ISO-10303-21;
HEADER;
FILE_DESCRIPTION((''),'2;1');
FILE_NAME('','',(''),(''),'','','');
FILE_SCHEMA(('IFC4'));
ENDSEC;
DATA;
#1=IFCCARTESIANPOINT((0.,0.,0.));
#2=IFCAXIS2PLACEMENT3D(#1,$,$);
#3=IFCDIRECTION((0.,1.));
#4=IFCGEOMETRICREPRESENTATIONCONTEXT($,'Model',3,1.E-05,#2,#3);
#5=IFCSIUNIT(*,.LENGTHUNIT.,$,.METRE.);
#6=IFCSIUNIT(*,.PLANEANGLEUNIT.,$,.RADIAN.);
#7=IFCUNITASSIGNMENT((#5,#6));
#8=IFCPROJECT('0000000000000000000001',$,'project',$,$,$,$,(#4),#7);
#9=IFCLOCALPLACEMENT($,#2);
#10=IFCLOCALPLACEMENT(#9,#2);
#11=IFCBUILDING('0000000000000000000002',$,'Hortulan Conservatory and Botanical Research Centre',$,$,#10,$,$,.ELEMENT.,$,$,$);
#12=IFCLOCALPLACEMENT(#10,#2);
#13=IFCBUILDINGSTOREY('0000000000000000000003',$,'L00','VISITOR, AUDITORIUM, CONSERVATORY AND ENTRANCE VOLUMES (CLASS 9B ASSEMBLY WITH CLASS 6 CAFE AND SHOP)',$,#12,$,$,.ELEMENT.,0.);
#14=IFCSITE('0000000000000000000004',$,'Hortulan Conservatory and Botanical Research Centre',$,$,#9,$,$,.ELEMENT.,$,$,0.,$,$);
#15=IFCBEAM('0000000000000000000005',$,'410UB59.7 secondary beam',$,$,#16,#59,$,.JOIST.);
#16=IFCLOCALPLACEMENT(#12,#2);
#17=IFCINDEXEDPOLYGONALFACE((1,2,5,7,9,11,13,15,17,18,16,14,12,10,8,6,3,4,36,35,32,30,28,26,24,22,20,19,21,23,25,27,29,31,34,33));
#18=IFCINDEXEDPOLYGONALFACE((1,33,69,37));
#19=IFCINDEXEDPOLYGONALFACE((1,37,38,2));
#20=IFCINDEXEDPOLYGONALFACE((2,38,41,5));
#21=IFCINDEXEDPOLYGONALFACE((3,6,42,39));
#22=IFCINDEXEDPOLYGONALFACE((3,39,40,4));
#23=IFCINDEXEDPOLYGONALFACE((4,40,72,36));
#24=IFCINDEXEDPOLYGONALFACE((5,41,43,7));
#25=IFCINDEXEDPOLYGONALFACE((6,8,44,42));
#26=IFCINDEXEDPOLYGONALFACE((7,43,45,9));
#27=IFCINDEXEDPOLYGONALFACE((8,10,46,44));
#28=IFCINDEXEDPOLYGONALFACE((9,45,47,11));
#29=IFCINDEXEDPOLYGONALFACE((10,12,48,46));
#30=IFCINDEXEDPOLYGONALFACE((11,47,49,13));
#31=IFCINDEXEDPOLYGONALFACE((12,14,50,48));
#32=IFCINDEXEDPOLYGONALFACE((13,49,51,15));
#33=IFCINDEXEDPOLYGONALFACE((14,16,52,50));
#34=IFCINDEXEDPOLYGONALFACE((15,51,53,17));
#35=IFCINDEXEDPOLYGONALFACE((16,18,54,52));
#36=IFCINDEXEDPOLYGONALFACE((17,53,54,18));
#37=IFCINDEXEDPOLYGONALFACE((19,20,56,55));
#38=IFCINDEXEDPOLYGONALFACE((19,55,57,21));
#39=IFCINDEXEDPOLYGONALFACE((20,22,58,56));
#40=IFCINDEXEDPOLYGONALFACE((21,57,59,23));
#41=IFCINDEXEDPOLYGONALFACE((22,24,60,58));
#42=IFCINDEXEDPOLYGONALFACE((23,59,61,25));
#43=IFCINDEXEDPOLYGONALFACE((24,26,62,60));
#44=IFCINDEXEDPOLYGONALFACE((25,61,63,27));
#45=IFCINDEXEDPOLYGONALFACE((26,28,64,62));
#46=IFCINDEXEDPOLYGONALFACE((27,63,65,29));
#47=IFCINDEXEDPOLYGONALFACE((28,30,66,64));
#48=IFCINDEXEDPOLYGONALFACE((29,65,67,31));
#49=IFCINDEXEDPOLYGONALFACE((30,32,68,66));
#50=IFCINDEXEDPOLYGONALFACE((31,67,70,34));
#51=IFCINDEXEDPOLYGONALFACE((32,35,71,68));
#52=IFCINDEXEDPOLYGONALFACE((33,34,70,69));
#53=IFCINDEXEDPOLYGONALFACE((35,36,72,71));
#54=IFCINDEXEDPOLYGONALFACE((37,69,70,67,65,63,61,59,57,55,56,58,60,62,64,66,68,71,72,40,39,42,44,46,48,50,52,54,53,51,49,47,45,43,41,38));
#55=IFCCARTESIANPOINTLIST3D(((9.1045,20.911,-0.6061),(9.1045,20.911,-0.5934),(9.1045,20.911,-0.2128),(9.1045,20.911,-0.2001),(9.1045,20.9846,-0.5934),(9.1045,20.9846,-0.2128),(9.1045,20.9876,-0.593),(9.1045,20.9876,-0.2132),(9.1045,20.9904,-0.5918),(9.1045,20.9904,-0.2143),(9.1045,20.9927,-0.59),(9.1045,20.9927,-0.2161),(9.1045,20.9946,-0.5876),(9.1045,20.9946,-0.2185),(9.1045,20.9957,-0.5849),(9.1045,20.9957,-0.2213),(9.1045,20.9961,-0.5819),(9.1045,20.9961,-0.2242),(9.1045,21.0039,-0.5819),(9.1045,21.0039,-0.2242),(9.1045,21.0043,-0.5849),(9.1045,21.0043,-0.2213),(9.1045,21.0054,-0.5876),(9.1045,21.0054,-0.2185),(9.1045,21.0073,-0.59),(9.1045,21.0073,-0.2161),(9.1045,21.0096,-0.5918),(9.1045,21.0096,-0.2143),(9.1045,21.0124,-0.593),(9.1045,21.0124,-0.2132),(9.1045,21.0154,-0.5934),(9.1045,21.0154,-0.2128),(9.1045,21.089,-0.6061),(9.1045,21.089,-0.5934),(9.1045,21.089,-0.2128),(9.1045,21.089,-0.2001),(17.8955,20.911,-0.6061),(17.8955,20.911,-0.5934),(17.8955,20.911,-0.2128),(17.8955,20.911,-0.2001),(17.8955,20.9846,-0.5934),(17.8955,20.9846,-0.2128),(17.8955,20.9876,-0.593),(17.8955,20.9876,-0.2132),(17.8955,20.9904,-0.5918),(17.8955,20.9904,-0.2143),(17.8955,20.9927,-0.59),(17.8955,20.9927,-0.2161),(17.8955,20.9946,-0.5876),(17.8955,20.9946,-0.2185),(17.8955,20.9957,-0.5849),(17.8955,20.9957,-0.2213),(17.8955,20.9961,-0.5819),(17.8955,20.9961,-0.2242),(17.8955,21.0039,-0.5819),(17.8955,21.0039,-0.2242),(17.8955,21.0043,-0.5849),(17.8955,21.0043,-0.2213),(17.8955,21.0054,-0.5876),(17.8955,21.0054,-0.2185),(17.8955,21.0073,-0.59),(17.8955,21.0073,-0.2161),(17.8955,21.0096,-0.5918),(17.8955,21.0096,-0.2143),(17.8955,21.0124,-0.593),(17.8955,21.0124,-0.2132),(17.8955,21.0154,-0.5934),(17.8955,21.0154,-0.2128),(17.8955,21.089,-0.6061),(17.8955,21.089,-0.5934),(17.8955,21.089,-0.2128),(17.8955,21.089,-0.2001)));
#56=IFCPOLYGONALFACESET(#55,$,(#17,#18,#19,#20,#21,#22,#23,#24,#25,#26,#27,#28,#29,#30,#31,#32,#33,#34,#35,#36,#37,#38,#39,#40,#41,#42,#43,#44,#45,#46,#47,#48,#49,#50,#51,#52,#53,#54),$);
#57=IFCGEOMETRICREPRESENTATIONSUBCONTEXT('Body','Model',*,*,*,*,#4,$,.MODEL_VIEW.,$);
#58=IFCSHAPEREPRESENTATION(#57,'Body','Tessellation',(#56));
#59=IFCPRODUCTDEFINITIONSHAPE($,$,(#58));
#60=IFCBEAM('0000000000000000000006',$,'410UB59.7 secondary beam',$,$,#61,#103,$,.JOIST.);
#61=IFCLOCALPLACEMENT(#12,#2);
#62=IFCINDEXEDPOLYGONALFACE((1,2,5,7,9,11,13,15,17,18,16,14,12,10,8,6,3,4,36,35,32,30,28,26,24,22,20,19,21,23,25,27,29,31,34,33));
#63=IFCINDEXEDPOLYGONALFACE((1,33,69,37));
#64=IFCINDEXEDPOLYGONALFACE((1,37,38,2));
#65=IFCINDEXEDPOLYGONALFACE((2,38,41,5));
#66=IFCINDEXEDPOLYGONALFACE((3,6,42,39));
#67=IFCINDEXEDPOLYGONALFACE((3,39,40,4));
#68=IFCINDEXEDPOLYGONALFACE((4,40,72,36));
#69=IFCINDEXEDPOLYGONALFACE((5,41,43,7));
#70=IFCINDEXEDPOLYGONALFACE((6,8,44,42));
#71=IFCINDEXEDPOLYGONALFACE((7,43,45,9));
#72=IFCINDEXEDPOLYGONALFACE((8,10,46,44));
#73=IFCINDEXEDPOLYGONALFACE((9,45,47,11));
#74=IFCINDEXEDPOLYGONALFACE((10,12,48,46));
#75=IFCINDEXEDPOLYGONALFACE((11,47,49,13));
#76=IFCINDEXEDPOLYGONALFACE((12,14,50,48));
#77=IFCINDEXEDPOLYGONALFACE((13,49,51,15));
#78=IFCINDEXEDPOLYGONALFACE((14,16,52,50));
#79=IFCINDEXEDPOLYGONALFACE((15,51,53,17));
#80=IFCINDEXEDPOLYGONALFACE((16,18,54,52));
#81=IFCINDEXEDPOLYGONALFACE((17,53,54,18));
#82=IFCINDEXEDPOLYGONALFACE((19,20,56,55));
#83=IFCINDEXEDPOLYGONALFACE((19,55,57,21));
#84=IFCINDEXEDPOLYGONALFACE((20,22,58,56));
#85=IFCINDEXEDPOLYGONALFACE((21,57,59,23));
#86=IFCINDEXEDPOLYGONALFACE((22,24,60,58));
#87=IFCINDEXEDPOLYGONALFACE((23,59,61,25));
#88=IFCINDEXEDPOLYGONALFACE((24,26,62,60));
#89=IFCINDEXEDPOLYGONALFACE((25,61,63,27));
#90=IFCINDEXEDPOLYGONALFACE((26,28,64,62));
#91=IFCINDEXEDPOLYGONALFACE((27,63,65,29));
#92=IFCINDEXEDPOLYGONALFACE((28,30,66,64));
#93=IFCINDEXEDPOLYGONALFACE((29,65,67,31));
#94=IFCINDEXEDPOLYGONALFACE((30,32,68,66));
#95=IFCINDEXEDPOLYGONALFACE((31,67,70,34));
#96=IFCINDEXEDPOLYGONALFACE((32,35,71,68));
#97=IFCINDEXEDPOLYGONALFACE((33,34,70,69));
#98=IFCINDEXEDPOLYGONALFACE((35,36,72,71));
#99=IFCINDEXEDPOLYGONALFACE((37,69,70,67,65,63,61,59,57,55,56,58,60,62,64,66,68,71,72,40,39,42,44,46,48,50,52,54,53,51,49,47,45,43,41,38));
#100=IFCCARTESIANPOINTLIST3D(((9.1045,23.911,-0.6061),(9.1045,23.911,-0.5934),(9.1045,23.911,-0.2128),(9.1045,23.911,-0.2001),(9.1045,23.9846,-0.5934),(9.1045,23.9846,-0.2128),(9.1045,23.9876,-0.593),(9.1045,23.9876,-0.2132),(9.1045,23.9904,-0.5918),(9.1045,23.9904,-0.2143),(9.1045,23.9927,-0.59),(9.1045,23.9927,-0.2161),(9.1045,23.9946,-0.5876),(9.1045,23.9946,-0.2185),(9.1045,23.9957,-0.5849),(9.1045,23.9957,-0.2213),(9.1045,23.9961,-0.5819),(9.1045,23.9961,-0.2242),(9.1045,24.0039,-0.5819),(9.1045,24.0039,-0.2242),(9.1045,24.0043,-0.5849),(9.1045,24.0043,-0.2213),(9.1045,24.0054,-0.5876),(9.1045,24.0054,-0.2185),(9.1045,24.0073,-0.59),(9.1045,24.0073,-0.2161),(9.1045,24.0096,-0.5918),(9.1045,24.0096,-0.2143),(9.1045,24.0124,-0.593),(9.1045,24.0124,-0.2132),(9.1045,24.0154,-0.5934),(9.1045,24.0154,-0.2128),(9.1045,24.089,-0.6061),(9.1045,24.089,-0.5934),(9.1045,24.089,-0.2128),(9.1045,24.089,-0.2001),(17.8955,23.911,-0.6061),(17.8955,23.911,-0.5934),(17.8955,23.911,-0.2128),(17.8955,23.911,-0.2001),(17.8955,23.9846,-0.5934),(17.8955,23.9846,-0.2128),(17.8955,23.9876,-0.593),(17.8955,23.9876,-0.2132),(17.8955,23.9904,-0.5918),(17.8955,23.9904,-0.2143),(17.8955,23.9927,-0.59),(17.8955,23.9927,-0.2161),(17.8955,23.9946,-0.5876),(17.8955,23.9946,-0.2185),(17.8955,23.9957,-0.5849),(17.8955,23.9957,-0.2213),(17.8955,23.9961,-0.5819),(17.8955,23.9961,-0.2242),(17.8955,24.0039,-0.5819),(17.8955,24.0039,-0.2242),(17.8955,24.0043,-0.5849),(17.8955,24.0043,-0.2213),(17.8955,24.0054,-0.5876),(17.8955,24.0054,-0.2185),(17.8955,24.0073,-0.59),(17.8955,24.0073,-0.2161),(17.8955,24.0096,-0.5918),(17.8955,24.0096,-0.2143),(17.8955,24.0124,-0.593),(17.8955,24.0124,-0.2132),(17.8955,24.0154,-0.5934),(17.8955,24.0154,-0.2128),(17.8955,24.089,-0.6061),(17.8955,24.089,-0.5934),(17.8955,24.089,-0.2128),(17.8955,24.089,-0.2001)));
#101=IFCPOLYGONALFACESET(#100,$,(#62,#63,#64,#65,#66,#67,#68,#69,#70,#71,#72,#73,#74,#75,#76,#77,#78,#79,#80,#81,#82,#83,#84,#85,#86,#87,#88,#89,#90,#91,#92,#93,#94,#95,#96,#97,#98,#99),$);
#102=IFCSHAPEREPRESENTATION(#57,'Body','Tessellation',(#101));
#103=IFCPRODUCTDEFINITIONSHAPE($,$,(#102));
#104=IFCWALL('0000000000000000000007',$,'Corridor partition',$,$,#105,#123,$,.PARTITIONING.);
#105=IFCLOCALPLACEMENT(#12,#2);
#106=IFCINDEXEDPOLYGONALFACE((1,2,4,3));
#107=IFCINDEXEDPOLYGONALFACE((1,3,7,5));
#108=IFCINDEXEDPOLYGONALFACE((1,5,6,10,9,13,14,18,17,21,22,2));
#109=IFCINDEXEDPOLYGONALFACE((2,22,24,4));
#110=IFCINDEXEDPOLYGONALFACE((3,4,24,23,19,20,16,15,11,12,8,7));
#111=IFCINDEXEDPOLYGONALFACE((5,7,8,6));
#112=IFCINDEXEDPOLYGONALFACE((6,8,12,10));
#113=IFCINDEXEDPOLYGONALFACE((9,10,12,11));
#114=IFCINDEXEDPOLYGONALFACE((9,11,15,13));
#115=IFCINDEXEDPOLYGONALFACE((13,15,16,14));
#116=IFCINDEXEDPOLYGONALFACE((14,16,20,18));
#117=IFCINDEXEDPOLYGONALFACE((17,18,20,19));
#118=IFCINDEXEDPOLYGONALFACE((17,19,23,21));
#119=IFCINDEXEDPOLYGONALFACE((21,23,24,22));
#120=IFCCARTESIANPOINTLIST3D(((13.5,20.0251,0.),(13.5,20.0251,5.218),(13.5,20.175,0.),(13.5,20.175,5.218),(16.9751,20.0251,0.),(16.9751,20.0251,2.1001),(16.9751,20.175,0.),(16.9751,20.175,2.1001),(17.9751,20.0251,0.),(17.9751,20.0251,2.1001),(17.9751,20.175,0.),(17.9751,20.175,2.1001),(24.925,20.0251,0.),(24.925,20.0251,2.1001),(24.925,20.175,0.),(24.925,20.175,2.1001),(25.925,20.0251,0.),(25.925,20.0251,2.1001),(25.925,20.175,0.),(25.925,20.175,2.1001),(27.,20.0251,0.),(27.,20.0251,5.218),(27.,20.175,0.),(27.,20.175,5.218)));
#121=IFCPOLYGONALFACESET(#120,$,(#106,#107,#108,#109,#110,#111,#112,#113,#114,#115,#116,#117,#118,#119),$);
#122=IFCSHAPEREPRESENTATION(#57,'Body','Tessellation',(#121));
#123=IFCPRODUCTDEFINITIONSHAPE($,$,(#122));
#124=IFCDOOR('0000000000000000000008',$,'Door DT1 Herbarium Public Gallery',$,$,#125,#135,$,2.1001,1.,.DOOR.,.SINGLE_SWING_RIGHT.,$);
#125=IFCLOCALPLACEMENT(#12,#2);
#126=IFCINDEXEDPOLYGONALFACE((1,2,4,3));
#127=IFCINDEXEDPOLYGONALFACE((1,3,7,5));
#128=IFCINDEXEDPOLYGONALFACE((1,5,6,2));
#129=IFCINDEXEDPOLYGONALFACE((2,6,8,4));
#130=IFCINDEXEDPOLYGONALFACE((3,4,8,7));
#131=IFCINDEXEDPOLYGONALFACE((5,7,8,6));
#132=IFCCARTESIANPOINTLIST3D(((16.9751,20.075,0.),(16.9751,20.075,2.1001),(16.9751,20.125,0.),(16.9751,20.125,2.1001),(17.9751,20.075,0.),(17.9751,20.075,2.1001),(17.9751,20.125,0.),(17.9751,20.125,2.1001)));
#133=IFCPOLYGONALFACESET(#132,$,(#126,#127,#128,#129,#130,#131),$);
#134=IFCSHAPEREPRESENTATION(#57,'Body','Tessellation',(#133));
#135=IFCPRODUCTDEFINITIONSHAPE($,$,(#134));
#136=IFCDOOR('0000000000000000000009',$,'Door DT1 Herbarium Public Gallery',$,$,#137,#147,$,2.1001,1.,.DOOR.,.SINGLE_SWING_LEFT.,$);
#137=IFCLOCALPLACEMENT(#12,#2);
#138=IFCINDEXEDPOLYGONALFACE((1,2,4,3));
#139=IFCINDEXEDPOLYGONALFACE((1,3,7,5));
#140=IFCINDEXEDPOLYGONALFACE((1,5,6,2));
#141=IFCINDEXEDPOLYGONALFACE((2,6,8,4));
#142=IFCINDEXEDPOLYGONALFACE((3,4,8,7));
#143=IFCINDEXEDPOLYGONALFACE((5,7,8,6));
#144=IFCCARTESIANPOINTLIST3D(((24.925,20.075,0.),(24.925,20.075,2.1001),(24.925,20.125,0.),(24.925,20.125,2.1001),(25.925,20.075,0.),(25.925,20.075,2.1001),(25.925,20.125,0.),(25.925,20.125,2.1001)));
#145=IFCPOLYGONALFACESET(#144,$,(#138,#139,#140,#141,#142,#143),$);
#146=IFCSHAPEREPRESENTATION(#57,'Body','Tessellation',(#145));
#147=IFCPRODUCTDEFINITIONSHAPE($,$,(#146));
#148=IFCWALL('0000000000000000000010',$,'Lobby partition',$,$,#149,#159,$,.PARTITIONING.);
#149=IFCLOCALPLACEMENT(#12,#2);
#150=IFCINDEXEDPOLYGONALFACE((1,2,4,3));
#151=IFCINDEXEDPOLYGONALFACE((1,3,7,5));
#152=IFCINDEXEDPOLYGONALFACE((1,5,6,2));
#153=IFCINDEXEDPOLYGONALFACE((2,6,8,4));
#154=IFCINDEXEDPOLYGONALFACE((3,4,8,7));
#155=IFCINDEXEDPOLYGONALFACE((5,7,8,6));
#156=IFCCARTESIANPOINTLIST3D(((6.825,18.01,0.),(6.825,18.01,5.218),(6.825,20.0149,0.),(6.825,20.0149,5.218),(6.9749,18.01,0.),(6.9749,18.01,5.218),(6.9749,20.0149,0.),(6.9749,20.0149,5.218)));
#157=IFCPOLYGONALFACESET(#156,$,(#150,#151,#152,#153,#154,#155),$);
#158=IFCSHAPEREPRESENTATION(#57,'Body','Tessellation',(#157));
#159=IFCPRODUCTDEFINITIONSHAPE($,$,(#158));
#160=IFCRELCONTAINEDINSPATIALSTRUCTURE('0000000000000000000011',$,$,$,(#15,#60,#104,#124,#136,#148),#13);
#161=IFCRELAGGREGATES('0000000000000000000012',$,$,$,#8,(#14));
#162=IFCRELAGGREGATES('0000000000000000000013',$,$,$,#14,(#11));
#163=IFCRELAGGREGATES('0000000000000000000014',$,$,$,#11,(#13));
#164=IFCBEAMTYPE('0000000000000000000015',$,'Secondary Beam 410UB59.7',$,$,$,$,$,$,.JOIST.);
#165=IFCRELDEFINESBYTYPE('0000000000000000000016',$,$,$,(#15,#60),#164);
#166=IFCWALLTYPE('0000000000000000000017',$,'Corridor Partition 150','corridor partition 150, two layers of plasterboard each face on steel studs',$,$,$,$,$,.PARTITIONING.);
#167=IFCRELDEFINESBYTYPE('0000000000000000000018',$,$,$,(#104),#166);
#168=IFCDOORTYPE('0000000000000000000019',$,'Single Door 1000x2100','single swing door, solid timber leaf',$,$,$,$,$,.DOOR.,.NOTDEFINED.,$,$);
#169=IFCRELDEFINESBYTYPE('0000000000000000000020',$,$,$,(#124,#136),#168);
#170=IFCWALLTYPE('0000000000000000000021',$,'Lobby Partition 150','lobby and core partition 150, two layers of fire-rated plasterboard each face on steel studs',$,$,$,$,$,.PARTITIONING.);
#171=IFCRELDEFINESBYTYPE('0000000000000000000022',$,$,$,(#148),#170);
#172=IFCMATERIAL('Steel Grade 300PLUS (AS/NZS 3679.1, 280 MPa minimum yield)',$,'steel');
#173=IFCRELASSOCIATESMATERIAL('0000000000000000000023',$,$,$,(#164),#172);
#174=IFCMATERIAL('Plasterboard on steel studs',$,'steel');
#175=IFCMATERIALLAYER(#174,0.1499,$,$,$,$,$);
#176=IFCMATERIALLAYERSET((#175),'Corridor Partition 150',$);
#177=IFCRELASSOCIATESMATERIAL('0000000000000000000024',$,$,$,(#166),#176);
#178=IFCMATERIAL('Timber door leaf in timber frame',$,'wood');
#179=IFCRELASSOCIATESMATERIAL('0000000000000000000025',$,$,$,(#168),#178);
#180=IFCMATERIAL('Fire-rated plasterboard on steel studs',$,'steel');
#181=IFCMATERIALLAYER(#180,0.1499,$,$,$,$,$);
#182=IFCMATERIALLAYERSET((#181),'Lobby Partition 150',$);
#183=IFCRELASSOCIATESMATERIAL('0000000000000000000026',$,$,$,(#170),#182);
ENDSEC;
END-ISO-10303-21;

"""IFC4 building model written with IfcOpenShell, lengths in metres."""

from ifc_helpers import new_model, si_unit, direction, frame, frame_2d, origin, origin_2d, place, context, subcontext, project, spatial, rectangle, i_section, extrude, material, layer, layer_set, material_profile, profile_set, type_object, element, fill, save


model = new_model("IFC4")

# Units and contexts
model_context = context("Model", 3, precision=1e-05, world=origin(), true_north=direction((0.0, 1.0)))
body_context = subcontext(model_context, "Body", "Model", "MODEL_VIEW")
ifc_project = project(units=[si_unit("LENGTHUNIT", "METRE"), si_unit("PLANEANGLEUNIT", "RADIAN")], contexts=[model_context])

# Site, building, storey
site_placement = place(None, origin())
site = spatial("IfcSite", under=ifc_project, at=site_placement, Name="Hortulan Conservatory and Botanical Research Centre", CompositionType="ELEMENT", RefElevation=0.0)
building_placement = place(site_placement, origin())
building = spatial("IfcBuilding", under=site, at=building_placement, Name="Hortulan Conservatory and Botanical Research Centre", CompositionType="ELEMENT")
storey_placement = place(building_placement, origin())
storey = spatial("IfcBuildingStorey", under=building, at=storey_placement, Name="L00", Description="VISITOR, AUDITORIUM, CONSERVATORY AND ENTRANCE VOLUMES (CLASS 9B ASSEMBLY WITH CLASS 6 CAFE AND SHOP)", CompositionType="ELEMENT", Elevation=0.0)

# Beams
ifc_material_1 = material(Name="Steel Grade 300PLUS (AS/NZS 3679.1, 280 MPa minimum yield)", Category="steel")
ifc_material_profile_1 = material_profile(ifc_material_1, i_section(OverallWidth=0.178, OverallDepth=0.406, WebThickness=0.0078, FlangeThickness=0.0127, FilletRadius=0.0115, at=origin_2d()), Name="410UB59.7")
ifc_profile_set_1 = profile_set([ifc_material_profile_1], Name="Steel Grade 300PLUS (AS/NZS 3679.1, 280 MPa minimum yield)")
beam_type_1 = type_object("IfcBeamType", Name="Secondary Beam 410UB59.7", PredefinedType="JOIST", material=ifc_profile_set_1)
for number, where, z_axis, x_axis, name in (
    (1, (9.1045, 21.0, -0.4031), (1.0, 0.0, 0.0), (0.0, 1.0, 0.0), "410UB59.7 secondary beam"),
    (2, (9.1045, 24.0, -0.4031), (1.0, 0.0, 0.0), (0.0, 1.0, 0.0), "410UB59.7 secondary beam"),
):
    element("IfcBeam", number, at=place(storey_placement, frame(where, z_axis=z_axis, x_axis=x_axis)), inside=storey, type_object=beam_type_1, Name=name, PredefinedType="JOIST", context=body_context, shape_type="SweptSolid", body=[
        extrude(i_section(OverallWidth=0.178, OverallDepth=0.406, WebThickness=0.0078, FlangeThickness=0.0127, FilletRadius=0.0115, at=origin_2d()), origin(), (0.0, 0.0, 1.0), 8.791),
    ])

# Wall, openings, doors
ifc_material_2 = material(Name="Plasterboard on steel studs", Category="steel")
ifc_layer_1 = layer(ifc_material_2, 0.1499)
ifc_layer_set_1 = layer_set([ifc_layer_1], Name="Corridor Partition 150")
wall_type_1 = type_object("IfcWallType", Name="Corridor Partition 150", Description="corridor partition 150, two layers of plasterboard each face on steel studs", PredefinedType="PARTITIONING", material=ifc_layer_set_1)
wall_1_placement = place(storey_placement, frame((13.5, 20.1001, 0.0), z_axis=(0.0, 0.0, 1.0), x_axis=(1.0, 0.0, 0.0)))
wall_1 = element("IfcWall", 3, at=wall_1_placement, inside=storey, type_object=wall_type_1, Name="Corridor partition", PredefinedType="PARTITIONING", context=body_context, shape_type="SweptSolid", body=[
    extrude(rectangle(XDim=13.5, YDim=0.1499, at=frame_2d((6.75, 0.0))), origin(), (0.0, 0.0, 1.0), 5.218),
])
opening_1_placement = place(wall_1_placement, frame((3.4751, 0.0, 0.0)))
opening_1 = element("IfcOpeningElement", 4, at=opening_1_placement, cuts=wall_1, PredefinedType="OPENING", context=body_context, shape_type="SweptSolid", body=[
    extrude(rectangle(XDim=1.0, YDim=2.1001, at=frame_2d((0.5, 1.05))), frame((0.0, 0.085, 0.0), z_axis=(0.0, -1.0, 0.0), x_axis=(1.0, 0.0, 0.0)), (0.0, 0.0, 1.0), 0.1699),
])
opening_2_placement = place(wall_1_placement, frame((11.425, 0.0, 0.0)))
opening_2 = element("IfcOpeningElement", 5, at=opening_2_placement, cuts=wall_1, PredefinedType="OPENING", context=body_context, shape_type="SweptSolid", body=[
    extrude(rectangle(XDim=1.0, YDim=2.1001, at=frame_2d((0.5, 1.05))), frame((0.0, 0.085, 0.0), z_axis=(0.0, -1.0, 0.0), x_axis=(1.0, 0.0, 0.0)), (0.0, 0.0, 1.0), 0.1699),
])
ifc_material_3 = material(Name="Timber door leaf in timber frame", Category="wood")
door_type_1 = type_object("IfcDoorType", Name="Single Door 1000x2100", Description="single swing door, solid timber leaf", OperationType="NOTDEFINED", PredefinedType="DOOR", material=ifc_material_3)
door_1_placement = place(opening_1_placement, origin())
door_1 = element("IfcDoor", 6, at=door_1_placement, inside=storey, type_object=door_type_1, Name="Door DT1 Herbarium Public Gallery", OperationType="SINGLE_SWING_RIGHT", OverallHeight=2.1001, OverallWidth=1.0, PredefinedType="DOOR", context=body_context, shape_type="SweptSolid", body=[
    extrude(rectangle(XDim=1.0, YDim=2.1001, at=frame_2d((0.5, 1.05))), frame((0.0, 0.0249, 0.0), z_axis=(0.0, -1.0, 0.0), x_axis=(1.0, 0.0, 0.0)), (0.0, 0.0, 1.0), 0.05),
])
fill(opening_1, door_1)
door_2_placement = place(opening_2_placement, origin())
door_2 = element("IfcDoor", 7, at=door_2_placement, inside=storey, type_object=door_type_1, Name="Door DT1 Herbarium Public Gallery", OperationType="SINGLE_SWING_LEFT", OverallHeight=2.1001, OverallWidth=1.0, PredefinedType="DOOR", context=body_context, shape_type="SweptSolid", body=[
    extrude(rectangle(XDim=1.0, YDim=2.1001, at=frame_2d((0.5, 1.05))), frame((0.0, 0.0249, 0.0), z_axis=(0.0, -1.0, 0.0), x_axis=(1.0, 0.0, 0.0)), (0.0, 0.0, 1.0), 0.05),
])
fill(opening_2, door_2)

# Wall
ifc_material_4 = material(Name="Fire-rated plasterboard on steel studs", Category="steel")
ifc_layer_2 = layer(ifc_material_4, 0.1499)
ifc_layer_set_2 = layer_set([ifc_layer_2], Name="Lobby Partition 150")
wall_type_2 = type_object("IfcWallType", Name="Lobby Partition 150", Description="lobby and core partition 150, two layers of fire-rated plasterboard each face on steel studs", PredefinedType="PARTITIONING", material=ifc_layer_set_2)
wall_2_placement = place(storey_placement, frame((6.8999, 18.01, 0.0), z_axis=(0.0, 0.0, 1.0), x_axis=(0.0, 1.0, 0.0)))
element("IfcWall", 8, at=wall_2_placement, inside=storey, type_object=wall_type_2, Name="Lobby partition", PredefinedType="PARTITIONING", context=body_context, shape_type="SweptSolid", body=[
    extrude(rectangle(XDim=2.0049, YDim=0.1499, at=frame_2d((1.0024, 0.0))), origin(), (0.0, 0.0, 1.0), 5.218),
])

save(model, "model.ifc")
